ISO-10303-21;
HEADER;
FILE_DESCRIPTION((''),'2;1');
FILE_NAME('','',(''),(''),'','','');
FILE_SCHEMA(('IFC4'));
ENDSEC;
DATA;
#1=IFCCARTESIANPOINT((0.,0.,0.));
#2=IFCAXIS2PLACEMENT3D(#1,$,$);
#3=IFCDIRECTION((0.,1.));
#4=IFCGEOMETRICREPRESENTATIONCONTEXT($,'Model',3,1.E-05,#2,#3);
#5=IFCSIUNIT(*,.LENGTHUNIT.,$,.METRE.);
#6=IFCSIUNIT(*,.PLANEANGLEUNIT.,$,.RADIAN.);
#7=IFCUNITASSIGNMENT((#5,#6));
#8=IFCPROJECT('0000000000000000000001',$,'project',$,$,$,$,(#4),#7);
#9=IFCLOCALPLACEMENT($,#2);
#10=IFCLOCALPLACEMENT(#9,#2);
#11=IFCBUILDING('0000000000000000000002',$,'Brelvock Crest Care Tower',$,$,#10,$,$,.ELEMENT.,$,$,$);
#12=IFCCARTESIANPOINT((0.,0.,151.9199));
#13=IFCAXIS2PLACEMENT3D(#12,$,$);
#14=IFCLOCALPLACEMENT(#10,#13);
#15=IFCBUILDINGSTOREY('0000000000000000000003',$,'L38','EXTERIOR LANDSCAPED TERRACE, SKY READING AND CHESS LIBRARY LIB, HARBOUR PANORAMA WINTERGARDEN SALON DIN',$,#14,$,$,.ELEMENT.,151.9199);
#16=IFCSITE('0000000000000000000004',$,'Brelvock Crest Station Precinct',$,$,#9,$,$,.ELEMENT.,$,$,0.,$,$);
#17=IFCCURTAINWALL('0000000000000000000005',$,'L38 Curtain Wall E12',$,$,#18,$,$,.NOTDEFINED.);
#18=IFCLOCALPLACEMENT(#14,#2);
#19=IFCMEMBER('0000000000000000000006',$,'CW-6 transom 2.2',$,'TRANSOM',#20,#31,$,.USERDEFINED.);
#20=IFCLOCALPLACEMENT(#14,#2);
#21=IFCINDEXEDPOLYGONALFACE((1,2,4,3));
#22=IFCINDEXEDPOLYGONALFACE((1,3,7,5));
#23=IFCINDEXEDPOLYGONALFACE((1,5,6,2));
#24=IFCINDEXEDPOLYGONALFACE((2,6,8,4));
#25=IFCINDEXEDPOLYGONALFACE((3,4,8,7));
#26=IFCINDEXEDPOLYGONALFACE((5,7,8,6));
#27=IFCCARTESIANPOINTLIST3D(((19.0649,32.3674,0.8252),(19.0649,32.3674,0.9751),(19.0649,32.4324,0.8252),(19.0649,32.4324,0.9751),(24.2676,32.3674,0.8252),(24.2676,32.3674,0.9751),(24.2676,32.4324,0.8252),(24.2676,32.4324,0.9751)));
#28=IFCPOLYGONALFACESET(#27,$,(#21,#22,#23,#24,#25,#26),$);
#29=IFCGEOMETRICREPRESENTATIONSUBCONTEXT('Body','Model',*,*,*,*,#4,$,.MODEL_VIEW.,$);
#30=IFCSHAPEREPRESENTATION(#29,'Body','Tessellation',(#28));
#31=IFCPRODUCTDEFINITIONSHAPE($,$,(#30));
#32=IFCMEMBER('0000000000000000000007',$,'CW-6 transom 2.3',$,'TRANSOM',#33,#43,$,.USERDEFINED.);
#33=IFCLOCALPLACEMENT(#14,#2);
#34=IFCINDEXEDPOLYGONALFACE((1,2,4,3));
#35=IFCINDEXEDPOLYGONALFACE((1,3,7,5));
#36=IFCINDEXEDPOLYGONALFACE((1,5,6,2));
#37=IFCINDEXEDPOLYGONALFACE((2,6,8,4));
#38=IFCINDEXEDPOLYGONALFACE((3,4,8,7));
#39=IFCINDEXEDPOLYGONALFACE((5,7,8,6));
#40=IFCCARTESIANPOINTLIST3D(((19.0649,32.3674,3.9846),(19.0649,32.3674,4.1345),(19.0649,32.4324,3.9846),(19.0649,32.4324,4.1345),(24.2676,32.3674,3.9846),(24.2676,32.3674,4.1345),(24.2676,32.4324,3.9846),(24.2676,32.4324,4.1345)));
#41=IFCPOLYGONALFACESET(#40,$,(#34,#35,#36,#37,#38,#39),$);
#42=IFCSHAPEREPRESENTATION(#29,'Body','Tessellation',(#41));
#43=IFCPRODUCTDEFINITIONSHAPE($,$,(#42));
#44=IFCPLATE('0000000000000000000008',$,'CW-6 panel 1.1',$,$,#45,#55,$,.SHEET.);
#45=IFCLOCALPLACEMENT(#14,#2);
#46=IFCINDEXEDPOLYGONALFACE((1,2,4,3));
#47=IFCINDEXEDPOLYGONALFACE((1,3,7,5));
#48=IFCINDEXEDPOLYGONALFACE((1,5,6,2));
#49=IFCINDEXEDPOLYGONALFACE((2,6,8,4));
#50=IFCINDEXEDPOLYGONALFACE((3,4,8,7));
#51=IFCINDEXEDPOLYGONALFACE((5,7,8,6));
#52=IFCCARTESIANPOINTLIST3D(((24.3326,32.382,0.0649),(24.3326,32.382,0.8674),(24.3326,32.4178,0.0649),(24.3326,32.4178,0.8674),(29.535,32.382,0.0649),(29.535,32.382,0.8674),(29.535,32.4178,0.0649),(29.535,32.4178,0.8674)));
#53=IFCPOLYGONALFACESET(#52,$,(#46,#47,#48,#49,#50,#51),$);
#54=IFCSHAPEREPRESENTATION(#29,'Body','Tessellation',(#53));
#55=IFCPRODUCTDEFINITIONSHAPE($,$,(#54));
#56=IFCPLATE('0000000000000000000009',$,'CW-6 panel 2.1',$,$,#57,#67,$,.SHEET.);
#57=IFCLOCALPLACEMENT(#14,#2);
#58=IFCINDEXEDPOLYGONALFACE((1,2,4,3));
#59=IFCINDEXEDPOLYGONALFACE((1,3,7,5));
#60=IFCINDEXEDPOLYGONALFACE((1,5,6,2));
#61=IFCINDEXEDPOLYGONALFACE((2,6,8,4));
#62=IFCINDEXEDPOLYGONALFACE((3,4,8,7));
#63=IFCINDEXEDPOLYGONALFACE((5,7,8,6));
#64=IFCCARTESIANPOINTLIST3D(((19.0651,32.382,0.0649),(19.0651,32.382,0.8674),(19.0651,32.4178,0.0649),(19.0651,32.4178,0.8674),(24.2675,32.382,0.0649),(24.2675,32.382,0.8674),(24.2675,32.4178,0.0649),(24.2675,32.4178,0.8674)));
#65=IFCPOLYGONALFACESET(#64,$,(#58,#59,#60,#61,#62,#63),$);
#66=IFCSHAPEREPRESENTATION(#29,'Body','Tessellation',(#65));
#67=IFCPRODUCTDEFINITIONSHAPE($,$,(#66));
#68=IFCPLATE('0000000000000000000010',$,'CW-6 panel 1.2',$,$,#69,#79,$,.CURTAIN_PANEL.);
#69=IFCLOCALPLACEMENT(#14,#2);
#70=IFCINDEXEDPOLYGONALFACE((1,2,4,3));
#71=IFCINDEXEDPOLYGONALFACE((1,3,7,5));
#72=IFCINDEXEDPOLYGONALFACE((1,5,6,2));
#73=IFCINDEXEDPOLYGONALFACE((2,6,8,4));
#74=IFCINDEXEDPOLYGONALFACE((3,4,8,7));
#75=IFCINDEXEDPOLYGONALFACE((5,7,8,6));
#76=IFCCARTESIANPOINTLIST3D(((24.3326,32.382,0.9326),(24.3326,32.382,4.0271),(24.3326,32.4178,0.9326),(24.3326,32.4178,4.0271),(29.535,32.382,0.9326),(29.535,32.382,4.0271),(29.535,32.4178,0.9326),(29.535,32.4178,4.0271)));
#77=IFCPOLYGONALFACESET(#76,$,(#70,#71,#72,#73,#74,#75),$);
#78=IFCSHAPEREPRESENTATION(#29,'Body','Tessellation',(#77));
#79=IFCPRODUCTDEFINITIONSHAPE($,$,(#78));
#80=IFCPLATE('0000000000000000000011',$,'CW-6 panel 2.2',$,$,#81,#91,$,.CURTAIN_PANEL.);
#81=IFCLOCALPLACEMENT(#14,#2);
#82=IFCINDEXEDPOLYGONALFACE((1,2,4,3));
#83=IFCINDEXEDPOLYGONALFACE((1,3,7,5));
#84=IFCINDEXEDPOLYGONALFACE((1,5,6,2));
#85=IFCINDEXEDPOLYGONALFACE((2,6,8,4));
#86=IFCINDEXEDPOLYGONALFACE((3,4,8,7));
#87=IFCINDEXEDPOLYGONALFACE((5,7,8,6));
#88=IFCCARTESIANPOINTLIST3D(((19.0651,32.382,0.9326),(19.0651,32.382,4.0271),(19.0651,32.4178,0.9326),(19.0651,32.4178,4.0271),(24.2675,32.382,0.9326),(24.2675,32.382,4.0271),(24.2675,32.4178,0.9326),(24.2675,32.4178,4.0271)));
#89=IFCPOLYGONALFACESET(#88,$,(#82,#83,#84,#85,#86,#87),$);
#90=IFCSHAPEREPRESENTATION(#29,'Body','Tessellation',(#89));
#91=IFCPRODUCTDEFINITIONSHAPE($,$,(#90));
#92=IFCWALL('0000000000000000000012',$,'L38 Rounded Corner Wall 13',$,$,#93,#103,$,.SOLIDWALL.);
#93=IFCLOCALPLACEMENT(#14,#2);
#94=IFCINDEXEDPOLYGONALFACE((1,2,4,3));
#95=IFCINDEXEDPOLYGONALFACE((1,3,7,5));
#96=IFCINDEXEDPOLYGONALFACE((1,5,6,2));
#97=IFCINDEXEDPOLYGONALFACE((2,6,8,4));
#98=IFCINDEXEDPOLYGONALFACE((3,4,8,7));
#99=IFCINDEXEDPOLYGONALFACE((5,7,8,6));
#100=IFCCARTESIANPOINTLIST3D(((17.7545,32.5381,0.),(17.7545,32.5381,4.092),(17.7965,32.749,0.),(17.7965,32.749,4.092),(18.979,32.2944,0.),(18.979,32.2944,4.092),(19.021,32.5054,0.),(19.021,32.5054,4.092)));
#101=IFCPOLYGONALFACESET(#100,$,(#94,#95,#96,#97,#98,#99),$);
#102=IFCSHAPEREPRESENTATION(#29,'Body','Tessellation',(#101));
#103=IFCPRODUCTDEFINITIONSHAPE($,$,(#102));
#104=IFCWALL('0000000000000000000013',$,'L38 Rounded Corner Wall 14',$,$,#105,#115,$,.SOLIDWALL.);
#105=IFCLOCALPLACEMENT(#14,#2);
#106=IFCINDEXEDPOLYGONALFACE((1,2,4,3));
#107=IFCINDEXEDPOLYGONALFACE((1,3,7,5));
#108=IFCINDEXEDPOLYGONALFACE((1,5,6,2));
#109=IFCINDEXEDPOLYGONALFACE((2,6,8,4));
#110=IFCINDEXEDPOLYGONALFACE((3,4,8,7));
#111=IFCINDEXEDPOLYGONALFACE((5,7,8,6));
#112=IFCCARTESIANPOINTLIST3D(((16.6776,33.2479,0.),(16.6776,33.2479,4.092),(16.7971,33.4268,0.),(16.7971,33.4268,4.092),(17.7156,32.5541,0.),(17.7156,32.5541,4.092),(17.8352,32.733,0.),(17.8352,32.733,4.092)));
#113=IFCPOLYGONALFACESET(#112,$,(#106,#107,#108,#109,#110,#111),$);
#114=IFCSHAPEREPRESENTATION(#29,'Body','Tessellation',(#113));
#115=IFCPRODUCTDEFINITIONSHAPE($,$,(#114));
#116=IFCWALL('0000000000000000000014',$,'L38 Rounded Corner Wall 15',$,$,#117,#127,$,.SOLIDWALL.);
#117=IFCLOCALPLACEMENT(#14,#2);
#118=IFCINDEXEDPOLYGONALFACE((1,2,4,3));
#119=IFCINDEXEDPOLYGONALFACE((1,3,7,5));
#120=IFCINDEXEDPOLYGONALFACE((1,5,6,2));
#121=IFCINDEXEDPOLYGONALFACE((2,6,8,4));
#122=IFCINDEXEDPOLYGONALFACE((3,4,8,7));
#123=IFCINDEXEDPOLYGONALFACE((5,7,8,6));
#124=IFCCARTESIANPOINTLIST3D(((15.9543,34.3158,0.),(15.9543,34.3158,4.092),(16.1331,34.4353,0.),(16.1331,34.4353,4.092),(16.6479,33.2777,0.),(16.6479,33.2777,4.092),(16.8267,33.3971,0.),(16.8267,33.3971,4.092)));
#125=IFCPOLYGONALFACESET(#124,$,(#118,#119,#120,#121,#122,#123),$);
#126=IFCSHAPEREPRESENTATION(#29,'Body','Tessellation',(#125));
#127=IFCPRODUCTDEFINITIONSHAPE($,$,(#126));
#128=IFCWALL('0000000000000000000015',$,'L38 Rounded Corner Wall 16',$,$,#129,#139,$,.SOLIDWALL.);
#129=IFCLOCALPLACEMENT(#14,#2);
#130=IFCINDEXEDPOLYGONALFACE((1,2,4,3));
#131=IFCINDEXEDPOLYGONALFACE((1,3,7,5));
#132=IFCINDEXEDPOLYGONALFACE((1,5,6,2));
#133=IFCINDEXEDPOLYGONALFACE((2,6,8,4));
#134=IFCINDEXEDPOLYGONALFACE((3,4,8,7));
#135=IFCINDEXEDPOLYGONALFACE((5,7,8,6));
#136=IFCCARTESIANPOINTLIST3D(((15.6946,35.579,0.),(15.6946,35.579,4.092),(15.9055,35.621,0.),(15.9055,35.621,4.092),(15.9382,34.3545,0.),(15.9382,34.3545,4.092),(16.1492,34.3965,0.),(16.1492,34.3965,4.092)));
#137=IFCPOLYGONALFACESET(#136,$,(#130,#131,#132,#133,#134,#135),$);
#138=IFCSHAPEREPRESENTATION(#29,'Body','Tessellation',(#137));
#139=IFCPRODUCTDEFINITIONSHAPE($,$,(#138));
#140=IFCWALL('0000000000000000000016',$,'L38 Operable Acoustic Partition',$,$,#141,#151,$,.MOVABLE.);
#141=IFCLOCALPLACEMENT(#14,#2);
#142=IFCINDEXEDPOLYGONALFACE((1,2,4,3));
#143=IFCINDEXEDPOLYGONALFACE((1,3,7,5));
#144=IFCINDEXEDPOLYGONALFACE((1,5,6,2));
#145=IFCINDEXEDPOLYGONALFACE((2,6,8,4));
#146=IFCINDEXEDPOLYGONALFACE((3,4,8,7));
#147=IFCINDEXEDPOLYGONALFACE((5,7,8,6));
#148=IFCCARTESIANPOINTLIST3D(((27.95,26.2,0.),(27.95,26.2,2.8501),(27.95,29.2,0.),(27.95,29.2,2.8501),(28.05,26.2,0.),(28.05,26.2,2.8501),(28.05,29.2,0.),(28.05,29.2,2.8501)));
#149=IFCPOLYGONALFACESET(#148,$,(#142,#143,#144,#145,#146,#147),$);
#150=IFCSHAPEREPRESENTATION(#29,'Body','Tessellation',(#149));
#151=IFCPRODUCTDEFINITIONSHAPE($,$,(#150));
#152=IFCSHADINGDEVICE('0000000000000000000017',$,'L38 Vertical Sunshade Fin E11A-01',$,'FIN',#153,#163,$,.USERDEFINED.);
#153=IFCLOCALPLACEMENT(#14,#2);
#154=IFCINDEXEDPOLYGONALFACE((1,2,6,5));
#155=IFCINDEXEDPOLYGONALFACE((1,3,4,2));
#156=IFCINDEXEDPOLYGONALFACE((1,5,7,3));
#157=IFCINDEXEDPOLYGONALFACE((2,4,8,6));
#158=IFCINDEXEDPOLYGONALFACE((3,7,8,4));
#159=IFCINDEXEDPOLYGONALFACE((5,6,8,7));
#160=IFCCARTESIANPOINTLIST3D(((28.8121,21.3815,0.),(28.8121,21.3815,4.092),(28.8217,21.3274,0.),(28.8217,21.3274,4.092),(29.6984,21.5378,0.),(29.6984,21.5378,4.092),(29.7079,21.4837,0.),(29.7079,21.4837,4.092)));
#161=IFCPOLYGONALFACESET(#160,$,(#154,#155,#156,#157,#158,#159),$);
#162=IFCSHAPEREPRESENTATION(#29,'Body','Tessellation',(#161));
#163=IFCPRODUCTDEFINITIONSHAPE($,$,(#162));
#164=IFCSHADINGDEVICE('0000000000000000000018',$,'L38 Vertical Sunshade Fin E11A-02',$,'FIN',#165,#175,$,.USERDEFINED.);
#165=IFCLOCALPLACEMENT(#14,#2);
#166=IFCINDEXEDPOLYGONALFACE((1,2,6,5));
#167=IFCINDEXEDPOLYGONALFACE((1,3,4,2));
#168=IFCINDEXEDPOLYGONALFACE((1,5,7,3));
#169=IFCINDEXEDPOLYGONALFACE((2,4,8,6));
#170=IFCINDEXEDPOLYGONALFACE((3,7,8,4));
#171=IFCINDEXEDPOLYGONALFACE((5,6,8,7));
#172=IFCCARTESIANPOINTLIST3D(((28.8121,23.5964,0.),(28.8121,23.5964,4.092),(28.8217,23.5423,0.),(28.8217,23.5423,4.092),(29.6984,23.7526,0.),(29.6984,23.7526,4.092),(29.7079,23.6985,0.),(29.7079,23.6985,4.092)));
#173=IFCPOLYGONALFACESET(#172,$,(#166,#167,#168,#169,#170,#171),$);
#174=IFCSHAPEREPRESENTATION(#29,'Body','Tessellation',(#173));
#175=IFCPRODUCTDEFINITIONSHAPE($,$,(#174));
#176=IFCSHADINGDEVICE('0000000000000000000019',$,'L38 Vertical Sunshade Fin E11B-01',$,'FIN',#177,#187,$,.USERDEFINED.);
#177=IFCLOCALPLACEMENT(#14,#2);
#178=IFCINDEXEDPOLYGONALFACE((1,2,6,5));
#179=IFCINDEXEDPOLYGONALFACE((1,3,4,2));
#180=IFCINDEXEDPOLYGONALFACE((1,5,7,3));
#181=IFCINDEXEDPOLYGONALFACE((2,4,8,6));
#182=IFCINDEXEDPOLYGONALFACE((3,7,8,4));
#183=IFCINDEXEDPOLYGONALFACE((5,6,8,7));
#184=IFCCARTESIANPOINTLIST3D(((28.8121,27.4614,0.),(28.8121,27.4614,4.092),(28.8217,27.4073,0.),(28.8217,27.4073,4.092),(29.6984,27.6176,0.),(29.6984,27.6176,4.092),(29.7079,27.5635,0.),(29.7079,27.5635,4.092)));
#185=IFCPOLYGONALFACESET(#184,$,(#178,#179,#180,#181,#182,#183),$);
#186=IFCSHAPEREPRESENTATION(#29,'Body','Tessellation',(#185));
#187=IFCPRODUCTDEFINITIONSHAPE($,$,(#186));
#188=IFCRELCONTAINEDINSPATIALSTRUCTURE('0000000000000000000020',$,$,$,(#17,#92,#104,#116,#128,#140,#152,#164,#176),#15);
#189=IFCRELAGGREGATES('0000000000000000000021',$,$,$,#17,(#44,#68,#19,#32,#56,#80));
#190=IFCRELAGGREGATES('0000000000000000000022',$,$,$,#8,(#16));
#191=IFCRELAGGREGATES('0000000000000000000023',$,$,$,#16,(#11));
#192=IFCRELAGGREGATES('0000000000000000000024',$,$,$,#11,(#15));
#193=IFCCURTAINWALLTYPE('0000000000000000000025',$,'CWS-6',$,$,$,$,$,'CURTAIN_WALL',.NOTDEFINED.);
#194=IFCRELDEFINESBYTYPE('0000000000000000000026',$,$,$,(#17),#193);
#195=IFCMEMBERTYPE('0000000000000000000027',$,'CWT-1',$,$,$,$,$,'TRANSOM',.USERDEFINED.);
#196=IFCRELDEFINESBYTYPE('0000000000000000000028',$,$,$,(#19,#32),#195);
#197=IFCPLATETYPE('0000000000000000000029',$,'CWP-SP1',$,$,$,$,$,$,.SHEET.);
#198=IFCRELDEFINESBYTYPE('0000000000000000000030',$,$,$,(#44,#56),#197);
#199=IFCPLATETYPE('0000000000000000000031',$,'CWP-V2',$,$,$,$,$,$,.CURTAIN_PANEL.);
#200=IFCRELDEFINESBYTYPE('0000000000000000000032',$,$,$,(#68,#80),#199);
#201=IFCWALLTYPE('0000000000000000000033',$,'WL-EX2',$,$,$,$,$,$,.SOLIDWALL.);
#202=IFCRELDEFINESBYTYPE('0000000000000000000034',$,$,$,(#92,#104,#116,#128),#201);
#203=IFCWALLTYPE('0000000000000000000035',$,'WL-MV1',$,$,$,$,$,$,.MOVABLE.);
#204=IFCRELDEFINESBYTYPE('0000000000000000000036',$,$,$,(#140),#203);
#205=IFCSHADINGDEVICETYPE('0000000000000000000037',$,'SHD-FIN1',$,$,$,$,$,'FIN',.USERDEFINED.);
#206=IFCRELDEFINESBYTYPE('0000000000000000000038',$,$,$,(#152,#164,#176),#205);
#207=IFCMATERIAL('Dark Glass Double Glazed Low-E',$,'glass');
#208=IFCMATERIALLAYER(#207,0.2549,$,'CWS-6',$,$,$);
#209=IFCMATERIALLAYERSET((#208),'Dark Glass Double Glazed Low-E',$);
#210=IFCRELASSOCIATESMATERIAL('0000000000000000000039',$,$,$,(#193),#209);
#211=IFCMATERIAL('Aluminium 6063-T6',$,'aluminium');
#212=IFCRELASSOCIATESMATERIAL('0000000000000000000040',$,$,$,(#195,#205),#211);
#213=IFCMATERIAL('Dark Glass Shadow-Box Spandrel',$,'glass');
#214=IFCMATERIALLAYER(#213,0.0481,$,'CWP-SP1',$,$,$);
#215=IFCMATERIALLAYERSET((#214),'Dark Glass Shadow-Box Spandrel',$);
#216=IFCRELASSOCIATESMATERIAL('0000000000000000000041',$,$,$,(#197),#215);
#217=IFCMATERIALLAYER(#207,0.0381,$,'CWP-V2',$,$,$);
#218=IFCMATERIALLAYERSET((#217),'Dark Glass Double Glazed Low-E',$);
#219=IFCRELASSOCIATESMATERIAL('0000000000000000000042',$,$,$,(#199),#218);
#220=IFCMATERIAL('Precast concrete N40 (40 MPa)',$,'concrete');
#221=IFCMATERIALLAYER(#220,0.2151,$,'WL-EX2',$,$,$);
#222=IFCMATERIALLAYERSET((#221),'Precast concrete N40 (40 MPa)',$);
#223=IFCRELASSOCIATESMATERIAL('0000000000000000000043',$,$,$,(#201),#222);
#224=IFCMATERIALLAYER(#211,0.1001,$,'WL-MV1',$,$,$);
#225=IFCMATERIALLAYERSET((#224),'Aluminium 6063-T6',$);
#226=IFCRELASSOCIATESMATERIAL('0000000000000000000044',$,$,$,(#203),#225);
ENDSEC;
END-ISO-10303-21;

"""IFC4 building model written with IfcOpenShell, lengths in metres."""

from ifc_helpers import new_model, si_unit, direction, frame, frame_2d, origin, origin_2d, place, context, subcontext, project, spatial, rectangle, extrude, source, transform, mapped, material, layer, layer_set, material_profile, profile_set, type_object, element, aggregate, save


model = new_model("IFC4")

# Units and contexts
model_context = context("Model", 3, precision=1e-05, world=origin(), true_north=direction((0.0, 1.0)))
body_context = subcontext(model_context, "Body", "Model", "MODEL_VIEW")
ifc_project = project(units=[si_unit("LENGTHUNIT", "METRE"), si_unit("PLANEANGLEUNIT", "RADIAN")], contexts=[model_context])

# Site, building, storey
site_placement = place(None, origin())
site = spatial("IfcSite", under=ifc_project, at=site_placement, Name="Brelvock Crest Station Precinct", CompositionType="ELEMENT", RefElevation=0.0)
building_placement = place(site_placement, origin())
building = spatial("IfcBuilding", under=site, at=building_placement, Name="Brelvock Crest Care Tower", CompositionType="ELEMENT")
storey_placement = place(building_placement, frame((0.0, 0.0, 151.9199)))
storey = spatial("IfcBuildingStorey", under=building, at=storey_placement, Name="L38", Description="EXTERIOR LANDSCAPED TERRACE, SKY READING AND CHESS LIBRARY LIB, HARBOUR PANORAMA WINTERGARDEN SALON DIN", CompositionType="ELEMENT", Elevation=151.9199)

# Curtain wall, members, plates
ifc_material_1 = material(Name="Dark Glass Double Glazed Low-E", Category="glass")
ifc_layer_1 = layer(ifc_material_1, 0.2549, Name="CWS-6")
ifc_layer_set_1 = layer_set([ifc_layer_1], Name="Dark Glass Double Glazed Low-E")
curtain_wall_type = type_object("IfcCurtainWallType", Name="CWS-6", ElementType="CURTAIN_WALL", PredefinedType="NOTDEFINED", material=ifc_layer_set_1)
curtain_wall_placement = place(storey_placement, origin())
curtain_wall = element("IfcCurtainWall", 1, at=curtain_wall_placement, inside=storey, type_object=curtain_wall_type, Name="L38 Curtain Wall E12", PredefinedType="NOTDEFINED")
ifc_material_2 = material(Name="Aluminium 6063-T6", Category="aluminium")
ifc_material_profile_1 = material_profile(ifc_material_2, rectangle(XDim=0.0649, YDim=0.1499, at=origin_2d()), Name="ALU65x150")
ifc_profile_set_1 = profile_set([ifc_material_profile_1], Name="Aluminium 6063-T6")
member_type_1 = type_object("IfcMemberType", Name="CWT-1", ElementType="TRANSOM", PredefinedType="USERDEFINED", material=ifc_profile_set_1)
shared_shape_1 = source(origin(), body_context, "Body", "SweptSolid", [
    extrude(rectangle(XDim=0.0649, YDim=0.1499, at=origin_2d()), origin(), (0.0, 0.0, 1.0), 5.2026),
])
member_1_placement = place(storey_placement, frame((24.2676, 32.3999, 0.9001), z_axis=(-1.0, 0.0, 0.0), x_axis=(0.0, -1.0, 0.0)))
member_1 = element("IfcMember", 2, at=member_1_placement, type_object=member_type_1, Name="CW-6 transom 2.2", ObjectType="TRANSOM", PredefinedType="USERDEFINED", context=body_context, shape_type="MappedRepresentation", body=[
    mapped(shared_shape_1, transform((0.0, 0.0, 0.0), x_axis=(1.0, 0.0, 0.0), y_axis=(0.0, 1.0, 0.0), z_axis=(0.0, 0.0, 1.0), scale=1.0)),
])
member_2_placement = place(storey_placement, frame((24.2676, 32.3999, 4.0596), z_axis=(-1.0, 0.0, 0.0), x_axis=(0.0, -1.0, 0.0)))
member_2 = element("IfcMember", 3, at=member_2_placement, type_object=member_type_1, Name="CW-6 transom 2.3", ObjectType="TRANSOM", PredefinedType="USERDEFINED", context=body_context, shape_type="MappedRepresentation", body=[
    mapped(shared_shape_1, transform((0.0, 0.0, 0.0), x_axis=(1.0, 0.0, 0.0), y_axis=(0.0, 1.0, 0.0), z_axis=(0.0, 0.0, 1.0), scale=1.0)),
])
ifc_material_3 = material(Name="Dark Glass Shadow-Box Spandrel", Category="glass")
ifc_layer_2 = layer(ifc_material_3, 0.0481, Name="CWP-SP1")
ifc_layer_set_2 = layer_set([ifc_layer_2], Name="Dark Glass Shadow-Box Spandrel")
plate_type_1 = type_object("IfcPlateType", Name="CWP-SP1", PredefinedType="SHEET", material=ifc_layer_set_2)
shared_shape_2 = source(origin(), body_context, "Body", "SweptSolid", [
    extrude(rectangle(XDim=5.2024, YDim=0.0359, at=origin_2d()), origin(), (0.0, 0.0, 1.0), 0.8025),
])
plate_1_placement = place(storey_placement, frame((26.9338, 32.3999, 0.0649), z_axis=(0.0, 0.0, 1.0), x_axis=(-1.0, 0.0, 0.0)))
plate_1 = element("IfcPlate", 4, at=plate_1_placement, type_object=plate_type_1, Name="CW-6 panel 1.1", PredefinedType="SHEET", context=body_context, shape_type="MappedRepresentation", body=[
    mapped(shared_shape_2, transform((0.0, 0.0, 0.0), x_axis=(1.0, 0.0, 0.0), y_axis=(0.0, 1.0, 0.0), z_axis=(0.0, 0.0, 1.0), scale=1.0)),
])
plate_2_placement = place(storey_placement, frame((21.6663, 32.3999, 0.0649), z_axis=(0.0, 0.0, 1.0), x_axis=(-1.0, 0.0, 0.0)))
plate_2 = element("IfcPlate", 5, at=plate_2_placement, type_object=plate_type_1, Name="CW-6 panel 2.1", PredefinedType="SHEET", context=body_context, shape_type="MappedRepresentation", body=[
    mapped(shared_shape_2, transform((0.0, 0.0, 0.0), x_axis=(1.0, 0.0, 0.0), y_axis=(0.0, 1.0, 0.0), z_axis=(0.0, 0.0, 1.0), scale=1.0)),
])
ifc_layer_3 = layer(ifc_material_1, 0.0381, Name="CWP-V2")
ifc_layer_set_3 = layer_set([ifc_layer_3], Name="Dark Glass Double Glazed Low-E")
plate_type_2 = type_object("IfcPlateType", Name="CWP-V2", PredefinedType="CURTAIN_PANEL", material=ifc_layer_set_3)
shared_shape_3 = source(origin(), body_context, "Body", "SweptSolid", [
    extrude(rectangle(XDim=5.2024, YDim=0.0359, at=origin_2d()), origin(), (0.0, 0.0, 1.0), 3.0945),
])
plate_3_placement = place(storey_placement, frame((26.9338, 32.3999, 0.9326), z_axis=(0.0, 0.0, 1.0), x_axis=(-1.0, 0.0, 0.0)))
plate_3 = element("IfcPlate", 6, at=plate_3_placement, type_object=plate_type_2, Name="CW-6 panel 1.2", PredefinedType="CURTAIN_PANEL", context=body_context, shape_type="MappedRepresentation", body=[
    mapped(shared_shape_3, transform((0.0, 0.0, 0.0), x_axis=(1.0, 0.0, 0.0), y_axis=(0.0, 1.0, 0.0), z_axis=(0.0, 0.0, 1.0), scale=1.0)),
])
plate_4_placement = place(storey_placement, frame((21.6663, 32.3999, 0.9326), z_axis=(0.0, 0.0, 1.0), x_axis=(-1.0, 0.0, 0.0)))
plate_4 = element("IfcPlate", 7, at=plate_4_placement, type_object=plate_type_2, Name="CW-6 panel 2.2", PredefinedType="CURTAIN_PANEL", context=body_context, shape_type="MappedRepresentation", body=[
    mapped(shared_shape_3, transform((0.0, 0.0, 0.0), x_axis=(1.0, 0.0, 0.0), y_axis=(0.0, 1.0, 0.0), z_axis=(0.0, 0.0, 1.0), scale=1.0)),
])
aggregate(curtain_wall, [plate_1, plate_3, member_1, member_2, plate_2, plate_4])

# Walls
ifc_material_4 = material(Name="Precast concrete N40 (40 MPa)", Category="concrete")
ifc_layer_4 = layer(ifc_material_4, 0.2151, Name="WL-EX2")
ifc_layer_set_4 = layer_set([ifc_layer_4], Name="Precast concrete N40 (40 MPa)")
wall_type_1 = type_object("IfcWallType", Name="WL-EX2", PredefinedType="SOLIDWALL", material=ifc_layer_set_4)
for number, where, z_axis, x_axis, name in (
    (8, (19.0, 32.3999, 0.0), (0.0, 0.0, 1.0), (-0.980776, 0.195138, 0.0), "L38 Rounded Corner Wall 13"),
    (9, (17.7754, 32.6436, 0.0), (0.0, 0.0, 1.0), (-0.831388, 0.555692, 0.0), "L38 Rounded Corner Wall 14"),
    (10, (16.7373, 33.3374, 0.0), (0.0, 0.0, 1.0), (-0.555557, 0.831478, 0.0), "L38 Rounded Corner Wall 15"),
    (11, (16.0437, 34.3755, 0.0), (0.0, 0.0, 1.0), (-0.195138, 0.980776, 0.0), "L38 Rounded Corner Wall 16"),
):
    element("IfcWall", number, at=place(storey_placement, frame(where, z_axis=z_axis, x_axis=x_axis)), inside=storey, type_object=wall_type_1, Name=name, PredefinedType="SOLIDWALL", context=body_context, shape_type="SweptSolid", body=[
        extrude(rectangle(XDim=1.2485, YDim=0.2151, at=frame_2d((0.6243, 0.0))), origin(), (0.0, 0.0, 1.0), 4.092),
    ])
ifc_layer_5 = layer(ifc_material_2, 0.1001, Name="WL-MV1")
ifc_layer_set_5 = layer_set([ifc_layer_5], Name="Aluminium 6063-T6")
wall_type_2 = type_object("IfcWallType", Name="WL-MV1", PredefinedType="MOVABLE", material=ifc_layer_set_5)
wall_placement = place(storey_placement, frame((28.0, 26.2, 0.0), z_axis=(0.0, 0.0, 1.0), x_axis=(0.0, 1.0, 0.0)))
element("IfcWall", 12, at=wall_placement, inside=storey, type_object=wall_type_2, Name="L38 Operable Acoustic Partition", PredefinedType="MOVABLE", context=body_context, shape_type="SweptSolid", body=[
    extrude(rectangle(XDim=3.0, YDim=0.1001, at=frame_2d((1.5, 0.0))), origin(), (0.0, 0.0, 1.0), 2.8501),
])

# Shading devices
ifc_material_profile_2 = material_profile(ifc_material_2, rectangle(XDim=0.0549, YDim=0.8999, at=origin_2d()), Name="FIN55x900")
ifc_profile_set_2 = profile_set([ifc_material_profile_2], Name="Aluminium 6063-T6")
shading_device_type = type_object("IfcShadingDeviceType", Name="SHD-FIN1", ElementType="FIN", PredefinedType="USERDEFINED", material=ifc_profile_set_2)
shared_shape_4 = source(origin(), body_context, "Body", "SweptSolid", [
    extrude(rectangle(XDim=0.0549, YDim=0.8999, at=origin_2d()), origin(), (0.0, 0.0, 1.0), 4.092),
])
for number, where, z_axis, x_axis, name in (
    (13, (29.26, 21.4326, 0.0), (0.0, 0.0, 1.0), (-0.173648, 0.984808, 0.0), "L38 Vertical Sunshade Fin E11A-01"),
    (14, (29.26, 23.6475, 0.0), (0.0, 0.0, 1.0), (-0.173648, 0.984808, 0.0), "L38 Vertical Sunshade Fin E11A-02"),
    (15, (29.26, 27.5125, 0.0), (0.0, 0.0, 1.0), (-0.173648, 0.984808, 0.0), "L38 Vertical Sunshade Fin E11B-01"),
):
    element("IfcShadingDevice", number, at=place(storey_placement, frame(where, z_axis=z_axis, x_axis=x_axis)), inside=storey, type_object=shading_device_type, Name=name, ObjectType="FIN", PredefinedType="USERDEFINED", context=body_context, shape_type="MappedRepresentation", body=[
        mapped(shared_shape_4, transform((0.0, 0.0, 0.0), x_axis=(1.0, 0.0, 0.0), y_axis=(0.0, 1.0, 0.0), z_axis=(0.0, 0.0, 1.0), scale=1.0)),
    ])

save(model, "model.ifc")
